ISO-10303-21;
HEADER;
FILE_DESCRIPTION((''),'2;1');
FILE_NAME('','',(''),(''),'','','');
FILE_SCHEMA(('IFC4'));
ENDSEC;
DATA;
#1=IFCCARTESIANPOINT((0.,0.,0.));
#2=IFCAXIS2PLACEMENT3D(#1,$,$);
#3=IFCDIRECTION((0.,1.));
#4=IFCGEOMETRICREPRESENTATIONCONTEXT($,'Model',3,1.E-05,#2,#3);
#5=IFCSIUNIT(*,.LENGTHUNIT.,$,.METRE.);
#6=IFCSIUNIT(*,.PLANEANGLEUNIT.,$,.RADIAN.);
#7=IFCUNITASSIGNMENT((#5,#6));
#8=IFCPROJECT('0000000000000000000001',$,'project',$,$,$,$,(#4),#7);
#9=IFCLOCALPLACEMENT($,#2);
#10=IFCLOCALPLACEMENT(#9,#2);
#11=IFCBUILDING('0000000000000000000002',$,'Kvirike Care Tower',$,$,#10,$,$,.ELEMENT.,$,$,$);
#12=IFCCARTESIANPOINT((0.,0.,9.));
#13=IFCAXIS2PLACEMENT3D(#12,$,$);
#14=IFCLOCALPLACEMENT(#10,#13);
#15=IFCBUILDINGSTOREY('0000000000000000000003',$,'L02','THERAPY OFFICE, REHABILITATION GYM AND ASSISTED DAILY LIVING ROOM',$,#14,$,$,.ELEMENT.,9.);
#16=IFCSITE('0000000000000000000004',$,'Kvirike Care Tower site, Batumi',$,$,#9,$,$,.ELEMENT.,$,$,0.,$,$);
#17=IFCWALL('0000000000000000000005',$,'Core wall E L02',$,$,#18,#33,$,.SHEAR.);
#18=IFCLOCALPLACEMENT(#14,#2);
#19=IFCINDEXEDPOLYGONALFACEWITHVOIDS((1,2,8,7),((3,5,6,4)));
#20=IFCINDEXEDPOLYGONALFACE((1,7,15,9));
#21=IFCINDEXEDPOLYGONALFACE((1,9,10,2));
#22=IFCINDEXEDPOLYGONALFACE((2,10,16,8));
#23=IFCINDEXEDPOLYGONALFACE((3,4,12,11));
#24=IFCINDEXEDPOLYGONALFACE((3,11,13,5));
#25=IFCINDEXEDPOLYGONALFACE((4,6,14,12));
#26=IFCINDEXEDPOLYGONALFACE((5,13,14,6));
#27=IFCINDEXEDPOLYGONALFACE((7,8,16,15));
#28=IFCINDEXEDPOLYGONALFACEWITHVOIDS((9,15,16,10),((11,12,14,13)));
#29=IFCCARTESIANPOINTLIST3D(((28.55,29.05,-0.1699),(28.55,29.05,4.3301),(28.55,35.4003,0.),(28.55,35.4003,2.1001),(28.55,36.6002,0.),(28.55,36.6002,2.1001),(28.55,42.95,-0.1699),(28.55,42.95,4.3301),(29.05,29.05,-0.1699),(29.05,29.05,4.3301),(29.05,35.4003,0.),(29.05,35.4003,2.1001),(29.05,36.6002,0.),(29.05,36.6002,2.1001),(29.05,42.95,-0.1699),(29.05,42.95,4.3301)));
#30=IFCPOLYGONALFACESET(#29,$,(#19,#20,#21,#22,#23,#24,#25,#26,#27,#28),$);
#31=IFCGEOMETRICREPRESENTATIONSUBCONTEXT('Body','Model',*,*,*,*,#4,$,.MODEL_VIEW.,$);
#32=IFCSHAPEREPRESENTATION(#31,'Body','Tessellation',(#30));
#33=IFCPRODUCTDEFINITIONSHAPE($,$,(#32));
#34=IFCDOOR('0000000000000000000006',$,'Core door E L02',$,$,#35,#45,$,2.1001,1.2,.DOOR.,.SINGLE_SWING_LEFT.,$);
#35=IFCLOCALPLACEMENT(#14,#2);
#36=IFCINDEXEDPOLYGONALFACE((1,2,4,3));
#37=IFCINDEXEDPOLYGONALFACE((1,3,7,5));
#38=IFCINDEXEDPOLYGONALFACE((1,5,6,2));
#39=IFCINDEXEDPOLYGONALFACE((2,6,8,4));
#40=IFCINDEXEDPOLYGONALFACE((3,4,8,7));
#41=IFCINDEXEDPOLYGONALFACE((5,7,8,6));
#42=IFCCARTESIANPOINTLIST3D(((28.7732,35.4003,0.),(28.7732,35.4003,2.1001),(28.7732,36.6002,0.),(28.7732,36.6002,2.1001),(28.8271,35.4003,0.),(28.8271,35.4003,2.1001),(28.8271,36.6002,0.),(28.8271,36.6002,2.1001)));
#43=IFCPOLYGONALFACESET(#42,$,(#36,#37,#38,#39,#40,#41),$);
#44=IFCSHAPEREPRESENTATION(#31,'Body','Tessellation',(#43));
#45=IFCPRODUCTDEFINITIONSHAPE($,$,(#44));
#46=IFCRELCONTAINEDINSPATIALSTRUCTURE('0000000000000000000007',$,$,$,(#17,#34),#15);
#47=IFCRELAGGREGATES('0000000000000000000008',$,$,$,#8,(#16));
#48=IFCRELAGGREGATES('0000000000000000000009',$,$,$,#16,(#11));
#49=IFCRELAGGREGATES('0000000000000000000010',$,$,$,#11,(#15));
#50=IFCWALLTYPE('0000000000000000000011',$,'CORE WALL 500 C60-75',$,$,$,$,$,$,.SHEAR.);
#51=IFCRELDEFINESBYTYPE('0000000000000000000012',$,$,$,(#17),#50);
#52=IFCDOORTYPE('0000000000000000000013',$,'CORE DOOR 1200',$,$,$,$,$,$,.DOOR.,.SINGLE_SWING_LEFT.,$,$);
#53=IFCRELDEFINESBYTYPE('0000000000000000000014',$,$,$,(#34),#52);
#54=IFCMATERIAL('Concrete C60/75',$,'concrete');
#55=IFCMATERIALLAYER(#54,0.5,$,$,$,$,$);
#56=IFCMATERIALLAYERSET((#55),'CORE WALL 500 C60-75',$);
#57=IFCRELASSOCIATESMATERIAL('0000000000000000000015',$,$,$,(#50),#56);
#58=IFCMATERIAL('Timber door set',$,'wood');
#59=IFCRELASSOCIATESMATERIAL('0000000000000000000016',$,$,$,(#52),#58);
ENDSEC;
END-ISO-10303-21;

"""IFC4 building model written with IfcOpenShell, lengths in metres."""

from ifc_helpers import new_model, si_unit, direction, frame, frame_2d, origin, place, context, subcontext, project, spatial, rectangle, extrude, material, layer, layer_set, type_object, element, fill, save


model = new_model("IFC4")

# Units and contexts
model_context = context("Model", 3, precision=1e-05, world=origin(), true_north=direction((0.0, 1.0)))
body_context = subcontext(model_context, "Body", "Model", "MODEL_VIEW")
ifc_project = project(units=[si_unit("LENGTHUNIT", "METRE"), si_unit("PLANEANGLEUNIT", "RADIAN")], contexts=[model_context])

# Site, building, storey
site_placement = place(None, origin())
site = spatial("IfcSite", under=ifc_project, at=site_placement, Name="Kvirike Care Tower site, Batumi", CompositionType="ELEMENT", RefElevation=0.0)
building_placement = place(site_placement, origin())
building = spatial("IfcBuilding", under=site, at=building_placement, Name="Kvirike Care Tower", CompositionType="ELEMENT")
storey_placement = place(building_placement, frame((0.0, 0.0, 9.0)))
storey = spatial("IfcBuildingStorey", under=building, at=storey_placement, Name="L02", Description="THERAPY OFFICE, REHABILITATION GYM AND ASSISTED DAILY LIVING ROOM", CompositionType="ELEMENT", Elevation=9.0)

# Wall, opening, door
ifc_material_1 = material(Name="Concrete C60/75", Category="concrete")
ifc_layer_1 = layer(ifc_material_1, 0.5)
ifc_layer_set_1 = layer_set([ifc_layer_1], Name="CORE WALL 500 C60-75")
wall_type_1 = type_object("IfcWallType", Name="CORE WALL 500 C60-75", PredefinedType="SHEAR", material=ifc_layer_set_1)
wall_1_placement = place(storey_placement, frame((28.8, 29.05, -0.1699), z_axis=(0.0, 0.0, 1.0), x_axis=(0.0, 1.0, 0.0)))
wall_1 = element("IfcWall", 1, at=wall_1_placement, inside=storey, type_object=wall_type_1, Name="Core wall E L02", PredefinedType="SHEAR", context=body_context, shape_type="SweptSolid", body=[
    extrude(rectangle(XDim=13.8999, YDim=0.5, at=frame_2d((6.95, 0.0))), origin(), (0.0, 0.0, 1.0), 4.5),
])
opening_1_placement = place(wall_1_placement, frame((6.3501, 0.0, 0.1699)))
opening_1 = element("IfcOpeningElement", 2, at=opening_1_placement, cuts=wall_1, PredefinedType="OPENING", context=body_context, shape_type="SweptSolid", body=[
    extrude(rectangle(XDim=1.2, YDim=2.1001, at=frame_2d((0.6001, 1.05))), frame((0.0, 0.2605, 0.0), z_axis=(0.0, -1.0, 0.0), x_axis=(1.0, 0.0, 0.0)), (0.0, 0.0, 1.0), 0.521),
])
ifc_material_2 = material(Name="Timber door set", Category="wood")
door_type_1 = type_object("IfcDoorType", Name="CORE DOOR 1200", OperationType="SINGLE_SWING_LEFT", PredefinedType="DOOR", material=ifc_material_2)
door_1_placement = place(opening_1_placement, origin())
door_1 = element("IfcDoor", 3, at=door_1_placement, inside=storey, type_object=door_type_1, Name="Core door E L02", OperationType="SINGLE_SWING_LEFT", OverallHeight=2.1001, OverallWidth=1.2, PredefinedType="DOOR", context=body_context, shape_type="SweptSolid", body=[
    extrude(rectangle(XDim=1.2, YDim=2.1001, at=frame_2d((0.6001, 1.05))), frame((0.0, 0.0269, 0.0), z_axis=(0.0, -1.0, 0.0), x_axis=(1.0, 0.0, 0.0)), (0.0, 0.0, 1.0), 0.054),
])
fill(opening_1, door_1)

save(model, "model.ifc")
